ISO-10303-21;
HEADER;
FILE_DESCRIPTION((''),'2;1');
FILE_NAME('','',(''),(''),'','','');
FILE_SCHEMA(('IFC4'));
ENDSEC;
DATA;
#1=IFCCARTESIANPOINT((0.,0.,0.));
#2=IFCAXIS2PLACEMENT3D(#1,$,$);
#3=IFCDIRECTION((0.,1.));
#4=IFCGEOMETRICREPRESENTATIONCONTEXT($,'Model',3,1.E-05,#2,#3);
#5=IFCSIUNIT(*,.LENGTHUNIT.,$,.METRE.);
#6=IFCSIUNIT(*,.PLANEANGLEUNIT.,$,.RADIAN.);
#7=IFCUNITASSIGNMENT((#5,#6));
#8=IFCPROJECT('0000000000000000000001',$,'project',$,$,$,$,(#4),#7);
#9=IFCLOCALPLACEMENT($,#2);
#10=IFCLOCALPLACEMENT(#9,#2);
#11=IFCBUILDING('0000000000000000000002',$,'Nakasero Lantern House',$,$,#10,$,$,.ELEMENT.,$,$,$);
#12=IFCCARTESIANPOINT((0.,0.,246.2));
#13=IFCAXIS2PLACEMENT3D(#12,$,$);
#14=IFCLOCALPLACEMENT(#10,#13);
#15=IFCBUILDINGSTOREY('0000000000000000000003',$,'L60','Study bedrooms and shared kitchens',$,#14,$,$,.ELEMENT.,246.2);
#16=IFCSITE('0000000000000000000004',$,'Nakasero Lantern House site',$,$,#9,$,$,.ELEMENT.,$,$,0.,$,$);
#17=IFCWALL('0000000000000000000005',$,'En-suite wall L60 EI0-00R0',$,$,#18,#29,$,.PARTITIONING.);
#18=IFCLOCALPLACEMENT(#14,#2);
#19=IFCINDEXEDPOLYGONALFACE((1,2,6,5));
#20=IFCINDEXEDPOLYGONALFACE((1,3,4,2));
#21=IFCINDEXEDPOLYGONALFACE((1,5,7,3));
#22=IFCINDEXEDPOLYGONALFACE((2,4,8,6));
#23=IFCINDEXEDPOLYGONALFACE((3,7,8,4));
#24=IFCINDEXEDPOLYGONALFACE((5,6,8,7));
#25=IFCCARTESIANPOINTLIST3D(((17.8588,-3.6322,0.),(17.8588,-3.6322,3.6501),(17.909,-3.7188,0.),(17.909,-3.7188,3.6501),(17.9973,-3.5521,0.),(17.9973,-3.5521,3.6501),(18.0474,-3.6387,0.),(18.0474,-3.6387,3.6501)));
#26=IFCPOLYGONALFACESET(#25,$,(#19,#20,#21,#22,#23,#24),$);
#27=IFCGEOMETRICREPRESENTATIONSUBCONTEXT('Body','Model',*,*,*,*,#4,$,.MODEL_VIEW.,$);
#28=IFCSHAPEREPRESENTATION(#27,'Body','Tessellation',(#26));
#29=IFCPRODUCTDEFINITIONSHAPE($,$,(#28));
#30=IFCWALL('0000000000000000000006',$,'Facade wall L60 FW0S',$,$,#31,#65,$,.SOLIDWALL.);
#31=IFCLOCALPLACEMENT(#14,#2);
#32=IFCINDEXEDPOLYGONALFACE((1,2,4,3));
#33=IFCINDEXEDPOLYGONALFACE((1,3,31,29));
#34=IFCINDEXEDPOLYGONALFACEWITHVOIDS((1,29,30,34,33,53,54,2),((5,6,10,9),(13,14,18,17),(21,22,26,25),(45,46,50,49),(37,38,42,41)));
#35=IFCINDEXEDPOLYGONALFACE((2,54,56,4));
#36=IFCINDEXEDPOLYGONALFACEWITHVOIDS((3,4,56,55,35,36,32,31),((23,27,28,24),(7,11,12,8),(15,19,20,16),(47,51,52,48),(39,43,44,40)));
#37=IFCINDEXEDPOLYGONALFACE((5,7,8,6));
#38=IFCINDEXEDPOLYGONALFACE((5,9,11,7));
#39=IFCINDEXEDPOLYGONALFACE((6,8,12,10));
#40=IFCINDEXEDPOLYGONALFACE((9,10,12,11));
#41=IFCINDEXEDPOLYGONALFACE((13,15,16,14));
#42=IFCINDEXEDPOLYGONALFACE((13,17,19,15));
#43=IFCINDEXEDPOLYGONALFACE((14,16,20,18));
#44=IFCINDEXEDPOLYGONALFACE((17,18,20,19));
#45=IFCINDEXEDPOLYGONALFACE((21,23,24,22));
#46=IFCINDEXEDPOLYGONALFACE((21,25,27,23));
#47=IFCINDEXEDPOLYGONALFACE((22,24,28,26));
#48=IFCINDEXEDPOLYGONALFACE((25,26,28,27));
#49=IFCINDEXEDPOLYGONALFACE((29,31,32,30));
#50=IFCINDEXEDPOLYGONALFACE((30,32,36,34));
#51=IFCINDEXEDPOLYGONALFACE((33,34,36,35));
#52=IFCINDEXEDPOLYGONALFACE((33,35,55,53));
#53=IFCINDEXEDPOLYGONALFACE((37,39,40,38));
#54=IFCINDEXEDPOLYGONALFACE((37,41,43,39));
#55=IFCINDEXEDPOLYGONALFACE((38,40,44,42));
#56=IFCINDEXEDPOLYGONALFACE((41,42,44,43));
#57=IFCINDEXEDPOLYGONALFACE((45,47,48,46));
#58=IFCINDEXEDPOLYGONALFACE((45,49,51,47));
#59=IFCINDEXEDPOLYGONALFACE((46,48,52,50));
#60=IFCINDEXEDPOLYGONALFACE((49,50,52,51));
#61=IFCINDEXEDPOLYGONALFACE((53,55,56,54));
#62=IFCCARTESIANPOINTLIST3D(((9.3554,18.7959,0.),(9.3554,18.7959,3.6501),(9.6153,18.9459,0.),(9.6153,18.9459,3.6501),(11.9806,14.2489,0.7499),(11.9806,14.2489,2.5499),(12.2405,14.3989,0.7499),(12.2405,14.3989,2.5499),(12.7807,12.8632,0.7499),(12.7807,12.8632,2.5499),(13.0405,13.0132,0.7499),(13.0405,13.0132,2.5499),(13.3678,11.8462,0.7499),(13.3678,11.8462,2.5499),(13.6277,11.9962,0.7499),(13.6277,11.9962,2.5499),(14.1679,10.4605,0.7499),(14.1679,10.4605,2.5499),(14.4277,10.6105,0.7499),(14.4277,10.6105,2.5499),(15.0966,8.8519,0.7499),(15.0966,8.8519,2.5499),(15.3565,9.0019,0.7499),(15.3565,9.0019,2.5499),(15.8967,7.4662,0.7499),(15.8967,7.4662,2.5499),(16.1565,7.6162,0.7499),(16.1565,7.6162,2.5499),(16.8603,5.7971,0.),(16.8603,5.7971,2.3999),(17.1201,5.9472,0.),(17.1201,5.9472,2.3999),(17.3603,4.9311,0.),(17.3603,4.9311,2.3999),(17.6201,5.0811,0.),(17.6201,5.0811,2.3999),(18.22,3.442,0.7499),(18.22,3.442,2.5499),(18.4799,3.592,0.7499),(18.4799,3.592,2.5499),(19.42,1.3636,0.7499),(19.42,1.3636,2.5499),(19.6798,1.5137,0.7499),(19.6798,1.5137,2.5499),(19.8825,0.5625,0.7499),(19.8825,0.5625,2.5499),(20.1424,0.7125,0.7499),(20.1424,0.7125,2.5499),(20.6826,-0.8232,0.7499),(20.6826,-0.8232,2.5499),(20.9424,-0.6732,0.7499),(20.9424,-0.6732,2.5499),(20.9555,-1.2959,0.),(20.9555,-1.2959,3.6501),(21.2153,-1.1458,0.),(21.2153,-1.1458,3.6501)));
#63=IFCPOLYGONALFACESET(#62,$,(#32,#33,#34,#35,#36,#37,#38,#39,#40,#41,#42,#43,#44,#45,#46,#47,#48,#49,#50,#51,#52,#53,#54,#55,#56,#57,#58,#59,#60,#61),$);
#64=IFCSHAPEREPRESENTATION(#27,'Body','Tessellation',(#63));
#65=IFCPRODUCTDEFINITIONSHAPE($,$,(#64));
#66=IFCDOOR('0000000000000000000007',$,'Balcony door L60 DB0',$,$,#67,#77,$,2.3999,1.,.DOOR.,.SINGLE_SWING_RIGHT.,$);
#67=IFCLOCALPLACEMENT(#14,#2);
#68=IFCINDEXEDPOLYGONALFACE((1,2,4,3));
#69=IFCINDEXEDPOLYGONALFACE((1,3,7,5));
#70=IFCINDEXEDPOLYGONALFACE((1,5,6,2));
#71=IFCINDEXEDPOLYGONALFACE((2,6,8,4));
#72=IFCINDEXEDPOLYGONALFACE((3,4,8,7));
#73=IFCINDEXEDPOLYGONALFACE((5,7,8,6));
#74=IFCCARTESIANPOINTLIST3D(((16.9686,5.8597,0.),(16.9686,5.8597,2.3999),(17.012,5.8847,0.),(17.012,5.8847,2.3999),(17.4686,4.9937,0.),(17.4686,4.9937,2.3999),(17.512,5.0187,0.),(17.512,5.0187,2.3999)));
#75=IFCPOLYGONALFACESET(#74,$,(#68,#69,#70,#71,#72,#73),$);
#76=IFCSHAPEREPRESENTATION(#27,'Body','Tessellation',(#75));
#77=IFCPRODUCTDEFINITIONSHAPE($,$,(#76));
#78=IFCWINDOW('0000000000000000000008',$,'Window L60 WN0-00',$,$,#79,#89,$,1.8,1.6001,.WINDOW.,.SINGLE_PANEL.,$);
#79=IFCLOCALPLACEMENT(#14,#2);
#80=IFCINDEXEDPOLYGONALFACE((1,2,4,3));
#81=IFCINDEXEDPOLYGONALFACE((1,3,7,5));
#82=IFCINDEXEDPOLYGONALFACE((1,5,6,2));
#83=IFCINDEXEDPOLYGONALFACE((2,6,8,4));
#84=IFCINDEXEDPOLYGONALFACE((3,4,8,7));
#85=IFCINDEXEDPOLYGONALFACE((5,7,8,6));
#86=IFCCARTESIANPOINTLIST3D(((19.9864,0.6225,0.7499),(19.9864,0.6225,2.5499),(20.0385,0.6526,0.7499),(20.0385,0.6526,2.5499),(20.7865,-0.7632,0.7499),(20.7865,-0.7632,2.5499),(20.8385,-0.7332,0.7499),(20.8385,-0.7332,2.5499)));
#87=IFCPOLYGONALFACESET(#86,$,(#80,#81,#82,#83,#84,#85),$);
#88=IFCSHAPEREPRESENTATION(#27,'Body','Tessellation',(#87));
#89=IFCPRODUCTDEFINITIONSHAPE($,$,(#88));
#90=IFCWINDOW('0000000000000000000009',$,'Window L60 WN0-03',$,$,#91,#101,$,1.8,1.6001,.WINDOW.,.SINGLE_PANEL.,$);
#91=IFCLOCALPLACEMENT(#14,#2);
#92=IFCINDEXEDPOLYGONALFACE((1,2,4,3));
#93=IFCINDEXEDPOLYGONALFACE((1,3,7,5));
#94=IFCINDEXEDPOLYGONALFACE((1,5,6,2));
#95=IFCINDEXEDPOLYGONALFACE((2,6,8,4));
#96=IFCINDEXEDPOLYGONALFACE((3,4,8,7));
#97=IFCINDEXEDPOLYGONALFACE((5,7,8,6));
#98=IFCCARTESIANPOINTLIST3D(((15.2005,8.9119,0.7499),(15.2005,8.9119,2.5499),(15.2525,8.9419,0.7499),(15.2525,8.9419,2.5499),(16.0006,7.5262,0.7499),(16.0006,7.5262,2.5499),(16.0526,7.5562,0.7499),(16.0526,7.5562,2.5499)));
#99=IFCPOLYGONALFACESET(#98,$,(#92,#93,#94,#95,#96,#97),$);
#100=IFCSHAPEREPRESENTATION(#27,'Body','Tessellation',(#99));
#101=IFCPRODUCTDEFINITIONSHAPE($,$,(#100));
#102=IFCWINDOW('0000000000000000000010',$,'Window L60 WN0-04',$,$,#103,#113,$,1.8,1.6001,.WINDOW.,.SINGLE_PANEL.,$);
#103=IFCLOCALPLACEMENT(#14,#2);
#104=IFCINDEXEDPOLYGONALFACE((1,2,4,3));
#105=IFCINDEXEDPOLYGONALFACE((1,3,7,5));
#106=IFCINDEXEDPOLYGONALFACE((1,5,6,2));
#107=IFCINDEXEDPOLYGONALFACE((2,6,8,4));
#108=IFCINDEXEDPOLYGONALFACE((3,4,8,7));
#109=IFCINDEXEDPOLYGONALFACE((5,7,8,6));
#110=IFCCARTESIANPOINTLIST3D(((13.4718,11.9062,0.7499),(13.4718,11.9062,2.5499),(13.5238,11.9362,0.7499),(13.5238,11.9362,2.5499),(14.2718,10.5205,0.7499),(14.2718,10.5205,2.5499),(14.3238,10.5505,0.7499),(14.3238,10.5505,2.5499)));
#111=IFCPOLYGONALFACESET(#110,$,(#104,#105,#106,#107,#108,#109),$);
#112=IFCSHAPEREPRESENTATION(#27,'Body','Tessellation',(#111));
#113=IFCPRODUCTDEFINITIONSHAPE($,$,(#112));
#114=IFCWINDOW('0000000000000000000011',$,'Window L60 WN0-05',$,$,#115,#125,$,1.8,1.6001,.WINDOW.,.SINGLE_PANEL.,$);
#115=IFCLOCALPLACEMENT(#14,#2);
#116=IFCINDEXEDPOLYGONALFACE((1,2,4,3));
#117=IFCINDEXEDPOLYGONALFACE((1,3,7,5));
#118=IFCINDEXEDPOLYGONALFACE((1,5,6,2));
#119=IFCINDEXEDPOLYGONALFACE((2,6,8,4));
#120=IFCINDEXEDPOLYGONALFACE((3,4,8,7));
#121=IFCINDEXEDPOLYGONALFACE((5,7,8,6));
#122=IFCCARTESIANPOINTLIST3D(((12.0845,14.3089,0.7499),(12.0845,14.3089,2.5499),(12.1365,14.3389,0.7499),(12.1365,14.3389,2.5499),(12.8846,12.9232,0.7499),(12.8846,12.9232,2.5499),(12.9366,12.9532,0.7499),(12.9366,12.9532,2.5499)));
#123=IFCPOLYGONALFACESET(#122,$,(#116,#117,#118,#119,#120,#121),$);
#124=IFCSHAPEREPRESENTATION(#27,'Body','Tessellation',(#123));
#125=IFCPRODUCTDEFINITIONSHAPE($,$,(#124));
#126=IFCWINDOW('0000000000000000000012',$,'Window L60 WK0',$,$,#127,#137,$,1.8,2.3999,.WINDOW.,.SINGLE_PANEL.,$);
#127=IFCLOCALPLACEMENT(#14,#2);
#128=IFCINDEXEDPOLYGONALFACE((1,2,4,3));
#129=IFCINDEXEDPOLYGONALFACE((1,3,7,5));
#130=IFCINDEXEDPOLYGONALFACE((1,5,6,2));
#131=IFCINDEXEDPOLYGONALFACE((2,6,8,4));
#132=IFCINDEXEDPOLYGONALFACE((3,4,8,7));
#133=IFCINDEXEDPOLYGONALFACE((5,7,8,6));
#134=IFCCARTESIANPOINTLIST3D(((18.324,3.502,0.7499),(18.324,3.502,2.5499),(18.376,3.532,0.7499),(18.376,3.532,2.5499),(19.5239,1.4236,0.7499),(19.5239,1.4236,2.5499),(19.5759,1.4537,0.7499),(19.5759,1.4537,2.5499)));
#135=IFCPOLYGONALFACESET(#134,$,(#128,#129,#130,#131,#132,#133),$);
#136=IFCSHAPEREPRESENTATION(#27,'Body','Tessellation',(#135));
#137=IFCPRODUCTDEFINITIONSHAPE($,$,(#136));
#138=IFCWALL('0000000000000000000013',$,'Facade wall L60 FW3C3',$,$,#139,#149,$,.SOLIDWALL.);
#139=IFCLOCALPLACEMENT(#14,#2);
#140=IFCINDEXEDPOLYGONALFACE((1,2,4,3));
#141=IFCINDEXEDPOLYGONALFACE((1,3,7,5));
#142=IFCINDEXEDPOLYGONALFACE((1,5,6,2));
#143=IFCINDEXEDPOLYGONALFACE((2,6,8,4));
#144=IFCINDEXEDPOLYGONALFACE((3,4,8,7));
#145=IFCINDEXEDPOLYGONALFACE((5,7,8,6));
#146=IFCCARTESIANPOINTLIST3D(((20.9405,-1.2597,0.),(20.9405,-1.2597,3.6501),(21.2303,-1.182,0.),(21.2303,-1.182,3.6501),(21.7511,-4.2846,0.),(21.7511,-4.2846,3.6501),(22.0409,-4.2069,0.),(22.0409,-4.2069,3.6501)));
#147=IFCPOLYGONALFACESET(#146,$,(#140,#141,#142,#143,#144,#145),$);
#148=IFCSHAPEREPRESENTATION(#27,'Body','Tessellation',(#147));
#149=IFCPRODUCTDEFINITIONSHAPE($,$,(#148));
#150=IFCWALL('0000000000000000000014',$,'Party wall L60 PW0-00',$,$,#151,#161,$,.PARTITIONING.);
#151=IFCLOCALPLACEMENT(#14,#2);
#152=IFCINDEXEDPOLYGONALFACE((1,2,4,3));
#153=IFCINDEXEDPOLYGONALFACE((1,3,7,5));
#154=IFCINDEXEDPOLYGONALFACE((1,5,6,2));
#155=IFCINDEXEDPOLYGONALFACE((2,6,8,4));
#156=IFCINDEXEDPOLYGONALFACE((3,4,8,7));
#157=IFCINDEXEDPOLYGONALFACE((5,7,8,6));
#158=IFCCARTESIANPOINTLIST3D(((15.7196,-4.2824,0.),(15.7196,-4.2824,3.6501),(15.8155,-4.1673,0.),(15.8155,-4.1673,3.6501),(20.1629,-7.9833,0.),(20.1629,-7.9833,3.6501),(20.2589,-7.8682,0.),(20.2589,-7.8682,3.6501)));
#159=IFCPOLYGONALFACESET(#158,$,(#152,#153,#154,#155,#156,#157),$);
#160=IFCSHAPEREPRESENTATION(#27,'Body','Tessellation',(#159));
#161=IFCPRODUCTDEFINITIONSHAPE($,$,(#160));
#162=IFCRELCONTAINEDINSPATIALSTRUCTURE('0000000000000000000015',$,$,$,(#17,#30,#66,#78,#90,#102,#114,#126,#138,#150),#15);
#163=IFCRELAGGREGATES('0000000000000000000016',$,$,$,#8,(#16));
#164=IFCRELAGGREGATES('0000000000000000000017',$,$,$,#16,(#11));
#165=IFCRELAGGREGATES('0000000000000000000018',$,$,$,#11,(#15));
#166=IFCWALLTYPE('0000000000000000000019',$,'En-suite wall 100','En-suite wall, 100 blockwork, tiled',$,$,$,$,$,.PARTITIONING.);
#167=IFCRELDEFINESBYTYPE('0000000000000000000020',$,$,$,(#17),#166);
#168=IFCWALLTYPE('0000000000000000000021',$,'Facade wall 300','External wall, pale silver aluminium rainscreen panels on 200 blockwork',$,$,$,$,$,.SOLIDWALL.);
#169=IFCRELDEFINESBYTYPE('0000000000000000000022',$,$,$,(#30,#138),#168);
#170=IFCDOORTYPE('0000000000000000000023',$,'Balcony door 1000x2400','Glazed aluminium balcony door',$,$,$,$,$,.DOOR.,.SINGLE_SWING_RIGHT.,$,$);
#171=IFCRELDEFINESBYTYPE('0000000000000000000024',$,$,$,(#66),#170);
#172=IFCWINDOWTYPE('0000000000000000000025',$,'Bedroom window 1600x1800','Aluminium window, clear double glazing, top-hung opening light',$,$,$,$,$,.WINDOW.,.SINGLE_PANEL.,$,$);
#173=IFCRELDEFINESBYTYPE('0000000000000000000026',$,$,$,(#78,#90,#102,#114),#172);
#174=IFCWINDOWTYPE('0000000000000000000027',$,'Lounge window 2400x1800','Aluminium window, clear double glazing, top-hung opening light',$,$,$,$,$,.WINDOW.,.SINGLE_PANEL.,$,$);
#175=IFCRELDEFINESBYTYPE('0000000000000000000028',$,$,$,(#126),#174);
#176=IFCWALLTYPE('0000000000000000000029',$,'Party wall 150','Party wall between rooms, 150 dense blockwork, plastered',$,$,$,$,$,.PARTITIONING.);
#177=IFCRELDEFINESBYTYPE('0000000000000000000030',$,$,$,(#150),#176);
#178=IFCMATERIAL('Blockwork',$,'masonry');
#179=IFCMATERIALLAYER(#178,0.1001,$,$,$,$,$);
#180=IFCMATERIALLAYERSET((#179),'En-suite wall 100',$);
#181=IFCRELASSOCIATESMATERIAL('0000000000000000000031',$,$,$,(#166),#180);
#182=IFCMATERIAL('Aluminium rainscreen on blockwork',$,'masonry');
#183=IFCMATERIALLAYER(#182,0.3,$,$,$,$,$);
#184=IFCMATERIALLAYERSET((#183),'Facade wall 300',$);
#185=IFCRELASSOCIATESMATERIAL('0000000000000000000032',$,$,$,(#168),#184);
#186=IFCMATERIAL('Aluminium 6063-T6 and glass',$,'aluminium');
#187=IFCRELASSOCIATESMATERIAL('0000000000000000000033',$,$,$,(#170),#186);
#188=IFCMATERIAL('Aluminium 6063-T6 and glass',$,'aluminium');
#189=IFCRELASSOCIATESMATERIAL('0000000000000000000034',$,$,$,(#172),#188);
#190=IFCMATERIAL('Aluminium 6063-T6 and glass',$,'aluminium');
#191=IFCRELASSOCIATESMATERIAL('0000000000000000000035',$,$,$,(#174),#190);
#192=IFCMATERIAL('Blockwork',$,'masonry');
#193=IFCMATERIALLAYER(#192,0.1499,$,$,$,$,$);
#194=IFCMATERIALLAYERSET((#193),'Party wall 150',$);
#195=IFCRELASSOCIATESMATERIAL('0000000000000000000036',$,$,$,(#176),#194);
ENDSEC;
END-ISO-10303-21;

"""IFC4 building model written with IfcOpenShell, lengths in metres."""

from ifc_helpers import new_model, si_unit, direction, frame, frame_2d, origin, place, context, subcontext, project, spatial, rectangle, extrude, material, layer, layer_set, type_object, element, fill, save


model = new_model("IFC4")

# Units and contexts
model_context = context("Model", 3, precision=1e-05, world=origin(), true_north=direction((0.0, 1.0)))
body_context = subcontext(model_context, "Body", "Model", "MODEL_VIEW")
ifc_project = project(units=[si_unit("LENGTHUNIT", "METRE"), si_unit("PLANEANGLEUNIT", "RADIAN")], contexts=[model_context])

# Site, building, storey
site_placement = place(None, origin())
site = spatial("IfcSite", under=ifc_project, at=site_placement, Name="Nakasero Lantern House site", CompositionType="ELEMENT", RefElevation=0.0)
building_placement = place(site_placement, origin())
building = spatial("IfcBuilding", under=site, at=building_placement, Name="Nakasero Lantern House", CompositionType="ELEMENT")
storey_placement = place(building_placement, frame((0.0, 0.0, 246.2)))
storey = spatial("IfcBuildingStorey", under=building, at=storey_placement, Name="L60", Description="Study bedrooms and shared kitchens", CompositionType="ELEMENT", Elevation=246.2)

# Shared definitions
ifc_material_1 = material(Name="Blockwork", Category="masonry")
ifc_layer_1 = layer(ifc_material_1, 0.1001)
ifc_layer_set_1 = layer_set([ifc_layer_1], Name="En-suite wall 100")
wall_type_1 = type_object("IfcWallType", Name="En-suite wall 100", Description="En-suite wall, 100 blockwork, tiled", PredefinedType="PARTITIONING", material=ifc_layer_set_1)

# Wall
wall_1_placement = place(storey_placement, frame((17.8838, -3.6755, 0.0), z_axis=(0.0, 0.0, 1.0), x_axis=(0.8656, 0.500735, 0.0)))
element("IfcWall", 1, at=wall_1_placement, inside=storey, type_object=wall_type_1, Name="En-suite wall L60 EI0-00R0", PredefinedType="PARTITIONING", context=body_context, shape_type="SweptSolid", body=[
    extrude(rectangle(XDim=0.1599, YDim=0.1001, at=frame_2d((0.0801, 0.0))), origin(), (0.0, 0.0, 1.0), 3.6501),
])

# Wall, openings, door, windows
ifc_material_2 = material(Name="Aluminium rainscreen on blockwork", Category="masonry")
ifc_layer_2 = layer(ifc_material_2, 0.3)
ifc_layer_set_2 = layer_set([ifc_layer_2], Name="Facade wall 300")
wall_type_2 = type_object("IfcWallType", Name="Facade wall 300", Description="External wall, pale silver aluminium rainscreen panels on 200 blockwork", PredefinedType="SOLIDWALL", material=ifc_layer_set_2)
wall_2_placement = place(storey_placement, frame((21.0854, -1.2209, 0.0), z_axis=(0.0, 0.0, 1.0), x_axis=(-0.500003, 0.866024, 0.0)))
wall_2 = element("IfcWall", 2, at=wall_2_placement, inside=storey, type_object=wall_type_2, Name="Facade wall L60 FW0S", PredefinedType="SOLIDWALL", context=body_context, shape_type="SweptSolid", body=[
    extrude(rectangle(XDim=23.2, YDim=0.3, at=frame_2d((11.6001, 0.0))), origin(), (0.0, 0.0, 1.0), 3.6501),
])
opening_1_placement = place(wall_2_placement, frame((0.5459, 0.0, 0.75)))
opening_1 = element("IfcOpeningElement", 3, at=opening_1_placement, cuts=wall_2, PredefinedType="OPENING", context=body_context, shape_type="SweptSolid", body=[
    extrude(rectangle(XDim=1.6001, YDim=1.8, at=frame_2d((0.8, 0.8999))), frame((0.0, 0.1699, 0.0), z_axis=(0.0, -1.0, 0.0), x_axis=(1.0, 0.0, 0.0)), (0.0, 0.0, 1.0), 0.3401),
])
opening_2_placement = place(wall_2_placement, frame((10.1177, 0.0, 0.75)))
opening_2 = element("IfcOpeningElement", 4, at=opening_2_placement, cuts=wall_2, PredefinedType="OPENING", context=body_context, shape_type="SweptSolid", body=[
    extrude(rectangle(XDim=1.6001, YDim=1.8, at=frame_2d((0.8, 0.8999))), frame((0.0, 0.1699, 0.0), z_axis=(0.0, -1.0, 0.0), x_axis=(1.0, 0.0, 0.0)), (0.0, 0.0, 1.0), 0.3401),
])
opening_3_placement = place(wall_2_placement, frame((13.5752, 0.0, 0.75)))
opening_3 = element("IfcOpeningElement", 5, at=opening_3_placement, cuts=wall_2, PredefinedType="OPENING", context=body_context, shape_type="SweptSolid", body=[
    extrude(rectangle(XDim=1.6001, YDim=1.8, at=frame_2d((0.8, 0.8999))), frame((0.0, 0.1699, 0.0), z_axis=(0.0, -1.0, 0.0), x_axis=(1.0, 0.0, 0.0)), (0.0, 0.0, 1.0), 0.3401),
])
opening_4_placement = place(wall_2_placement, frame((16.3496, 0.0, 0.75)))
opening_4 = element("IfcOpeningElement", 6, at=opening_4_placement, cuts=wall_2, PredefinedType="OPENING", context=body_context, shape_type="SweptSolid", body=[
    extrude(rectangle(XDim=1.6001, YDim=1.8, at=frame_2d((0.8, 0.8999))), frame((0.0, 0.1699, 0.0), z_axis=(0.0, -1.0, 0.0), x_axis=(1.0, 0.0, 0.0)), (0.0, 0.0, 1.0), 0.3401),
])
opening_5_placement = place(wall_2_placement, frame((3.071, 0.0, 0.75)))
opening_5 = element("IfcOpeningElement", 7, at=opening_5_placement, cuts=wall_2, PredefinedType="OPENING", context=body_context, shape_type="SweptSolid", body=[
    extrude(rectangle(XDim=2.3999, YDim=1.8, at=frame_2d((1.2, 0.8999))), frame((0.0, 0.1699, 0.0), z_axis=(0.0, -1.0, 0.0), x_axis=(1.0, 0.0, 0.0)), (0.0, 0.0, 1.0), 0.3401),
])
opening_6_placement = place(wall_2_placement, frame((7.1904, 0.0, 0.0)))
opening_6 = element("IfcOpeningElement", 8, at=opening_6_placement, cuts=wall_2, PredefinedType="OPENING", context=body_context, shape_type="SweptSolid", body=[
    extrude(rectangle(XDim=1.0, YDim=2.3999, at=frame_2d((0.5, 1.2))), frame((0.0, 0.1699, 0.0), z_axis=(0.0, -1.0, 0.0), x_axis=(1.0, 0.0, 0.0)), (0.0, 0.0, 1.0), 0.3401),
])
ifc_material_3 = material(Name="Aluminium 6063-T6 and glass", Category="aluminium")
door_type_1 = type_object("IfcDoorType", Name="Balcony door 1000x2400", Description="Glazed aluminium balcony door", OperationType="SINGLE_SWING_RIGHT", PredefinedType="DOOR", material=ifc_material_3)
door_1_placement = place(opening_6_placement, origin())
door_1 = element("IfcDoor", 9, at=door_1_placement, inside=storey, type_object=door_type_1, Name="Balcony door L60 DB0", OperationType="SINGLE_SWING_RIGHT", OverallHeight=2.3999, OverallWidth=1.0, PredefinedType="DOOR", context=body_context, shape_type="SweptSolid", body=[
    extrude(rectangle(XDim=1.0, YDim=2.3999, at=frame_2d((0.5, 1.2))), frame((0.0, 0.0249, 0.0), z_axis=(0.0, -1.0, 0.0), x_axis=(1.0, 0.0, 0.0)), (0.0, 0.0, 1.0), 0.05),
])
fill(opening_6, door_1)
ifc_material_4 = material(Name="Aluminium 6063-T6 and glass", Category="aluminium")
window_type_1 = type_object("IfcWindowType", Name="Bedroom window 1600x1800", Description="Aluminium window, clear double glazing, top-hung opening light", PartitioningType="SINGLE_PANEL", PredefinedType="WINDOW", material=ifc_material_4)
window_1_placement = place(opening_1_placement, origin())
window_1 = element("IfcWindow", 10, at=window_1_placement, inside=storey, type_object=window_type_1, Name="Window L60 WN0-00", OverallHeight=1.8, OverallWidth=1.6001, PartitioningType="SINGLE_PANEL", PredefinedType="WINDOW", context=body_context, shape_type="SweptSolid", body=[
    extrude(rectangle(XDim=1.6001, YDim=1.8, at=frame_2d((0.8, 0.8999))), frame((0.0, 0.03, 0.0), z_axis=(0.0, -1.0, 0.0), x_axis=(1.0, 0.0, 0.0)), (0.0, 0.0, 1.0), 0.0601),
])
fill(opening_1, window_1)
window_2_placement = place(opening_2_placement, origin())
window_2 = element("IfcWindow", 11, at=window_2_placement, inside=storey, type_object=window_type_1, Name="Window L60 WN0-03", OverallHeight=1.8, OverallWidth=1.6001, PartitioningType="SINGLE_PANEL", PredefinedType="WINDOW", context=body_context, shape_type="SweptSolid", body=[
    extrude(rectangle(XDim=1.6001, YDim=1.8, at=frame_2d((0.8, 0.8999))), frame((0.0, 0.03, 0.0), z_axis=(0.0, -1.0, 0.0), x_axis=(1.0, 0.0, 0.0)), (0.0, 0.0, 1.0), 0.0601),
])
fill(opening_2, window_2)
window_3_placement = place(opening_3_placement, origin())
window_3 = element("IfcWindow", 12, at=window_3_placement, inside=storey, type_object=window_type_1, Name="Window L60 WN0-04", OverallHeight=1.8, OverallWidth=1.6001, PartitioningType="SINGLE_PANEL", PredefinedType="WINDOW", context=body_context, shape_type="SweptSolid", body=[
    extrude(rectangle(XDim=1.6001, YDim=1.8, at=frame_2d((0.8, 0.8999))), frame((0.0, 0.03, 0.0), z_axis=(0.0, -1.0, 0.0), x_axis=(1.0, 0.0, 0.0)), (0.0, 0.0, 1.0), 0.0601),
])
fill(opening_3, window_3)
window_4_placement = place(opening_4_placement, origin())
window_4 = element("IfcWindow", 13, at=window_4_placement, inside=storey, type_object=window_type_1, Name="Window L60 WN0-05", OverallHeight=1.8, OverallWidth=1.6001, PartitioningType="SINGLE_PANEL", PredefinedType="WINDOW", context=body_context, shape_type="SweptSolid", body=[
    extrude(rectangle(XDim=1.6001, YDim=1.8, at=frame_2d((0.8, 0.8999))), frame((0.0, 0.03, 0.0), z_axis=(0.0, -1.0, 0.0), x_axis=(1.0, 0.0, 0.0)), (0.0, 0.0, 1.0), 0.0601),
])
fill(opening_4, window_4)
ifc_material_5 = material(Name="Aluminium 6063-T6 and glass", Category="aluminium")
window_type_2 = type_object("IfcWindowType", Name="Lounge window 2400x1800", Description="Aluminium window, clear double glazing, top-hung opening light", PartitioningType="SINGLE_PANEL", PredefinedType="WINDOW", material=ifc_material_5)
window_5_placement = place(opening_5_placement, origin())
window_5 = element("IfcWindow", 14, at=window_5_placement, inside=storey, type_object=window_type_2, Name="Window L60 WK0", OverallHeight=1.8, OverallWidth=2.3999, PartitioningType="SINGLE_PANEL", PredefinedType="WINDOW", context=body_context, shape_type="SweptSolid", body=[
    extrude(rectangle(XDim=2.3999, YDim=1.8, at=frame_2d((1.2, 0.8999))), frame((0.0, 0.03, 0.0), z_axis=(0.0, -1.0, 0.0), x_axis=(1.0, 0.0, 0.0)), (0.0, 0.0, 1.0), 0.0601),
])
fill(opening_5, window_5)

# Walls
wall_3_placement = place(storey_placement, frame((21.896, -4.2458, 0.0), z_axis=(0.0, 0.0, 1.0), x_axis=(-0.258827, 0.965924, 0.0)))
element("IfcWall", 15, at=wall_3_placement, inside=storey, type_object=wall_type_2, Name="Facade wall L60 FW3C3", PredefinedType="SOLIDWALL", context=body_context, shape_type="SweptSolid", body=[
    extrude(rectangle(XDim=3.1316, YDim=0.3, at=frame_2d((1.5659, 0.0))), origin(), (0.0, 0.0, 1.0), 3.6501),
])
ifc_material_6 = material(Name="Blockwork", Category="masonry")
ifc_layer_3 = layer(ifc_material_6, 0.1499)
ifc_layer_set_3 = layer_set([ifc_layer_3], Name="Party wall 150")
wall_type_3 = type_object("IfcWallType", Name="Party wall 150", Description="Party wall between rooms, 150 dense blockwork, plastered", PredefinedType="PARTITIONING", material=ifc_layer_set_3)
wall_4_placement = place(storey_placement, frame((15.7676, -4.2249, 0.0), z_axis=(0.0, 0.0, 1.0), x_axis=(0.76838, -0.639993, 0.0)))
element("IfcWall", 16, at=wall_4_placement, inside=storey, type_object=wall_type_3, Name="Party wall L60 PW0-00", PredefinedType="PARTITIONING", context=body_context, shape_type="SweptSolid", body=[
    extrude(rectangle(XDim=5.7827, YDim=0.1499, at=frame_2d((2.8914, 0.0))), origin(), (0.0, 0.0, 1.0), 3.6501),
])

save(model, "model.ifc")
